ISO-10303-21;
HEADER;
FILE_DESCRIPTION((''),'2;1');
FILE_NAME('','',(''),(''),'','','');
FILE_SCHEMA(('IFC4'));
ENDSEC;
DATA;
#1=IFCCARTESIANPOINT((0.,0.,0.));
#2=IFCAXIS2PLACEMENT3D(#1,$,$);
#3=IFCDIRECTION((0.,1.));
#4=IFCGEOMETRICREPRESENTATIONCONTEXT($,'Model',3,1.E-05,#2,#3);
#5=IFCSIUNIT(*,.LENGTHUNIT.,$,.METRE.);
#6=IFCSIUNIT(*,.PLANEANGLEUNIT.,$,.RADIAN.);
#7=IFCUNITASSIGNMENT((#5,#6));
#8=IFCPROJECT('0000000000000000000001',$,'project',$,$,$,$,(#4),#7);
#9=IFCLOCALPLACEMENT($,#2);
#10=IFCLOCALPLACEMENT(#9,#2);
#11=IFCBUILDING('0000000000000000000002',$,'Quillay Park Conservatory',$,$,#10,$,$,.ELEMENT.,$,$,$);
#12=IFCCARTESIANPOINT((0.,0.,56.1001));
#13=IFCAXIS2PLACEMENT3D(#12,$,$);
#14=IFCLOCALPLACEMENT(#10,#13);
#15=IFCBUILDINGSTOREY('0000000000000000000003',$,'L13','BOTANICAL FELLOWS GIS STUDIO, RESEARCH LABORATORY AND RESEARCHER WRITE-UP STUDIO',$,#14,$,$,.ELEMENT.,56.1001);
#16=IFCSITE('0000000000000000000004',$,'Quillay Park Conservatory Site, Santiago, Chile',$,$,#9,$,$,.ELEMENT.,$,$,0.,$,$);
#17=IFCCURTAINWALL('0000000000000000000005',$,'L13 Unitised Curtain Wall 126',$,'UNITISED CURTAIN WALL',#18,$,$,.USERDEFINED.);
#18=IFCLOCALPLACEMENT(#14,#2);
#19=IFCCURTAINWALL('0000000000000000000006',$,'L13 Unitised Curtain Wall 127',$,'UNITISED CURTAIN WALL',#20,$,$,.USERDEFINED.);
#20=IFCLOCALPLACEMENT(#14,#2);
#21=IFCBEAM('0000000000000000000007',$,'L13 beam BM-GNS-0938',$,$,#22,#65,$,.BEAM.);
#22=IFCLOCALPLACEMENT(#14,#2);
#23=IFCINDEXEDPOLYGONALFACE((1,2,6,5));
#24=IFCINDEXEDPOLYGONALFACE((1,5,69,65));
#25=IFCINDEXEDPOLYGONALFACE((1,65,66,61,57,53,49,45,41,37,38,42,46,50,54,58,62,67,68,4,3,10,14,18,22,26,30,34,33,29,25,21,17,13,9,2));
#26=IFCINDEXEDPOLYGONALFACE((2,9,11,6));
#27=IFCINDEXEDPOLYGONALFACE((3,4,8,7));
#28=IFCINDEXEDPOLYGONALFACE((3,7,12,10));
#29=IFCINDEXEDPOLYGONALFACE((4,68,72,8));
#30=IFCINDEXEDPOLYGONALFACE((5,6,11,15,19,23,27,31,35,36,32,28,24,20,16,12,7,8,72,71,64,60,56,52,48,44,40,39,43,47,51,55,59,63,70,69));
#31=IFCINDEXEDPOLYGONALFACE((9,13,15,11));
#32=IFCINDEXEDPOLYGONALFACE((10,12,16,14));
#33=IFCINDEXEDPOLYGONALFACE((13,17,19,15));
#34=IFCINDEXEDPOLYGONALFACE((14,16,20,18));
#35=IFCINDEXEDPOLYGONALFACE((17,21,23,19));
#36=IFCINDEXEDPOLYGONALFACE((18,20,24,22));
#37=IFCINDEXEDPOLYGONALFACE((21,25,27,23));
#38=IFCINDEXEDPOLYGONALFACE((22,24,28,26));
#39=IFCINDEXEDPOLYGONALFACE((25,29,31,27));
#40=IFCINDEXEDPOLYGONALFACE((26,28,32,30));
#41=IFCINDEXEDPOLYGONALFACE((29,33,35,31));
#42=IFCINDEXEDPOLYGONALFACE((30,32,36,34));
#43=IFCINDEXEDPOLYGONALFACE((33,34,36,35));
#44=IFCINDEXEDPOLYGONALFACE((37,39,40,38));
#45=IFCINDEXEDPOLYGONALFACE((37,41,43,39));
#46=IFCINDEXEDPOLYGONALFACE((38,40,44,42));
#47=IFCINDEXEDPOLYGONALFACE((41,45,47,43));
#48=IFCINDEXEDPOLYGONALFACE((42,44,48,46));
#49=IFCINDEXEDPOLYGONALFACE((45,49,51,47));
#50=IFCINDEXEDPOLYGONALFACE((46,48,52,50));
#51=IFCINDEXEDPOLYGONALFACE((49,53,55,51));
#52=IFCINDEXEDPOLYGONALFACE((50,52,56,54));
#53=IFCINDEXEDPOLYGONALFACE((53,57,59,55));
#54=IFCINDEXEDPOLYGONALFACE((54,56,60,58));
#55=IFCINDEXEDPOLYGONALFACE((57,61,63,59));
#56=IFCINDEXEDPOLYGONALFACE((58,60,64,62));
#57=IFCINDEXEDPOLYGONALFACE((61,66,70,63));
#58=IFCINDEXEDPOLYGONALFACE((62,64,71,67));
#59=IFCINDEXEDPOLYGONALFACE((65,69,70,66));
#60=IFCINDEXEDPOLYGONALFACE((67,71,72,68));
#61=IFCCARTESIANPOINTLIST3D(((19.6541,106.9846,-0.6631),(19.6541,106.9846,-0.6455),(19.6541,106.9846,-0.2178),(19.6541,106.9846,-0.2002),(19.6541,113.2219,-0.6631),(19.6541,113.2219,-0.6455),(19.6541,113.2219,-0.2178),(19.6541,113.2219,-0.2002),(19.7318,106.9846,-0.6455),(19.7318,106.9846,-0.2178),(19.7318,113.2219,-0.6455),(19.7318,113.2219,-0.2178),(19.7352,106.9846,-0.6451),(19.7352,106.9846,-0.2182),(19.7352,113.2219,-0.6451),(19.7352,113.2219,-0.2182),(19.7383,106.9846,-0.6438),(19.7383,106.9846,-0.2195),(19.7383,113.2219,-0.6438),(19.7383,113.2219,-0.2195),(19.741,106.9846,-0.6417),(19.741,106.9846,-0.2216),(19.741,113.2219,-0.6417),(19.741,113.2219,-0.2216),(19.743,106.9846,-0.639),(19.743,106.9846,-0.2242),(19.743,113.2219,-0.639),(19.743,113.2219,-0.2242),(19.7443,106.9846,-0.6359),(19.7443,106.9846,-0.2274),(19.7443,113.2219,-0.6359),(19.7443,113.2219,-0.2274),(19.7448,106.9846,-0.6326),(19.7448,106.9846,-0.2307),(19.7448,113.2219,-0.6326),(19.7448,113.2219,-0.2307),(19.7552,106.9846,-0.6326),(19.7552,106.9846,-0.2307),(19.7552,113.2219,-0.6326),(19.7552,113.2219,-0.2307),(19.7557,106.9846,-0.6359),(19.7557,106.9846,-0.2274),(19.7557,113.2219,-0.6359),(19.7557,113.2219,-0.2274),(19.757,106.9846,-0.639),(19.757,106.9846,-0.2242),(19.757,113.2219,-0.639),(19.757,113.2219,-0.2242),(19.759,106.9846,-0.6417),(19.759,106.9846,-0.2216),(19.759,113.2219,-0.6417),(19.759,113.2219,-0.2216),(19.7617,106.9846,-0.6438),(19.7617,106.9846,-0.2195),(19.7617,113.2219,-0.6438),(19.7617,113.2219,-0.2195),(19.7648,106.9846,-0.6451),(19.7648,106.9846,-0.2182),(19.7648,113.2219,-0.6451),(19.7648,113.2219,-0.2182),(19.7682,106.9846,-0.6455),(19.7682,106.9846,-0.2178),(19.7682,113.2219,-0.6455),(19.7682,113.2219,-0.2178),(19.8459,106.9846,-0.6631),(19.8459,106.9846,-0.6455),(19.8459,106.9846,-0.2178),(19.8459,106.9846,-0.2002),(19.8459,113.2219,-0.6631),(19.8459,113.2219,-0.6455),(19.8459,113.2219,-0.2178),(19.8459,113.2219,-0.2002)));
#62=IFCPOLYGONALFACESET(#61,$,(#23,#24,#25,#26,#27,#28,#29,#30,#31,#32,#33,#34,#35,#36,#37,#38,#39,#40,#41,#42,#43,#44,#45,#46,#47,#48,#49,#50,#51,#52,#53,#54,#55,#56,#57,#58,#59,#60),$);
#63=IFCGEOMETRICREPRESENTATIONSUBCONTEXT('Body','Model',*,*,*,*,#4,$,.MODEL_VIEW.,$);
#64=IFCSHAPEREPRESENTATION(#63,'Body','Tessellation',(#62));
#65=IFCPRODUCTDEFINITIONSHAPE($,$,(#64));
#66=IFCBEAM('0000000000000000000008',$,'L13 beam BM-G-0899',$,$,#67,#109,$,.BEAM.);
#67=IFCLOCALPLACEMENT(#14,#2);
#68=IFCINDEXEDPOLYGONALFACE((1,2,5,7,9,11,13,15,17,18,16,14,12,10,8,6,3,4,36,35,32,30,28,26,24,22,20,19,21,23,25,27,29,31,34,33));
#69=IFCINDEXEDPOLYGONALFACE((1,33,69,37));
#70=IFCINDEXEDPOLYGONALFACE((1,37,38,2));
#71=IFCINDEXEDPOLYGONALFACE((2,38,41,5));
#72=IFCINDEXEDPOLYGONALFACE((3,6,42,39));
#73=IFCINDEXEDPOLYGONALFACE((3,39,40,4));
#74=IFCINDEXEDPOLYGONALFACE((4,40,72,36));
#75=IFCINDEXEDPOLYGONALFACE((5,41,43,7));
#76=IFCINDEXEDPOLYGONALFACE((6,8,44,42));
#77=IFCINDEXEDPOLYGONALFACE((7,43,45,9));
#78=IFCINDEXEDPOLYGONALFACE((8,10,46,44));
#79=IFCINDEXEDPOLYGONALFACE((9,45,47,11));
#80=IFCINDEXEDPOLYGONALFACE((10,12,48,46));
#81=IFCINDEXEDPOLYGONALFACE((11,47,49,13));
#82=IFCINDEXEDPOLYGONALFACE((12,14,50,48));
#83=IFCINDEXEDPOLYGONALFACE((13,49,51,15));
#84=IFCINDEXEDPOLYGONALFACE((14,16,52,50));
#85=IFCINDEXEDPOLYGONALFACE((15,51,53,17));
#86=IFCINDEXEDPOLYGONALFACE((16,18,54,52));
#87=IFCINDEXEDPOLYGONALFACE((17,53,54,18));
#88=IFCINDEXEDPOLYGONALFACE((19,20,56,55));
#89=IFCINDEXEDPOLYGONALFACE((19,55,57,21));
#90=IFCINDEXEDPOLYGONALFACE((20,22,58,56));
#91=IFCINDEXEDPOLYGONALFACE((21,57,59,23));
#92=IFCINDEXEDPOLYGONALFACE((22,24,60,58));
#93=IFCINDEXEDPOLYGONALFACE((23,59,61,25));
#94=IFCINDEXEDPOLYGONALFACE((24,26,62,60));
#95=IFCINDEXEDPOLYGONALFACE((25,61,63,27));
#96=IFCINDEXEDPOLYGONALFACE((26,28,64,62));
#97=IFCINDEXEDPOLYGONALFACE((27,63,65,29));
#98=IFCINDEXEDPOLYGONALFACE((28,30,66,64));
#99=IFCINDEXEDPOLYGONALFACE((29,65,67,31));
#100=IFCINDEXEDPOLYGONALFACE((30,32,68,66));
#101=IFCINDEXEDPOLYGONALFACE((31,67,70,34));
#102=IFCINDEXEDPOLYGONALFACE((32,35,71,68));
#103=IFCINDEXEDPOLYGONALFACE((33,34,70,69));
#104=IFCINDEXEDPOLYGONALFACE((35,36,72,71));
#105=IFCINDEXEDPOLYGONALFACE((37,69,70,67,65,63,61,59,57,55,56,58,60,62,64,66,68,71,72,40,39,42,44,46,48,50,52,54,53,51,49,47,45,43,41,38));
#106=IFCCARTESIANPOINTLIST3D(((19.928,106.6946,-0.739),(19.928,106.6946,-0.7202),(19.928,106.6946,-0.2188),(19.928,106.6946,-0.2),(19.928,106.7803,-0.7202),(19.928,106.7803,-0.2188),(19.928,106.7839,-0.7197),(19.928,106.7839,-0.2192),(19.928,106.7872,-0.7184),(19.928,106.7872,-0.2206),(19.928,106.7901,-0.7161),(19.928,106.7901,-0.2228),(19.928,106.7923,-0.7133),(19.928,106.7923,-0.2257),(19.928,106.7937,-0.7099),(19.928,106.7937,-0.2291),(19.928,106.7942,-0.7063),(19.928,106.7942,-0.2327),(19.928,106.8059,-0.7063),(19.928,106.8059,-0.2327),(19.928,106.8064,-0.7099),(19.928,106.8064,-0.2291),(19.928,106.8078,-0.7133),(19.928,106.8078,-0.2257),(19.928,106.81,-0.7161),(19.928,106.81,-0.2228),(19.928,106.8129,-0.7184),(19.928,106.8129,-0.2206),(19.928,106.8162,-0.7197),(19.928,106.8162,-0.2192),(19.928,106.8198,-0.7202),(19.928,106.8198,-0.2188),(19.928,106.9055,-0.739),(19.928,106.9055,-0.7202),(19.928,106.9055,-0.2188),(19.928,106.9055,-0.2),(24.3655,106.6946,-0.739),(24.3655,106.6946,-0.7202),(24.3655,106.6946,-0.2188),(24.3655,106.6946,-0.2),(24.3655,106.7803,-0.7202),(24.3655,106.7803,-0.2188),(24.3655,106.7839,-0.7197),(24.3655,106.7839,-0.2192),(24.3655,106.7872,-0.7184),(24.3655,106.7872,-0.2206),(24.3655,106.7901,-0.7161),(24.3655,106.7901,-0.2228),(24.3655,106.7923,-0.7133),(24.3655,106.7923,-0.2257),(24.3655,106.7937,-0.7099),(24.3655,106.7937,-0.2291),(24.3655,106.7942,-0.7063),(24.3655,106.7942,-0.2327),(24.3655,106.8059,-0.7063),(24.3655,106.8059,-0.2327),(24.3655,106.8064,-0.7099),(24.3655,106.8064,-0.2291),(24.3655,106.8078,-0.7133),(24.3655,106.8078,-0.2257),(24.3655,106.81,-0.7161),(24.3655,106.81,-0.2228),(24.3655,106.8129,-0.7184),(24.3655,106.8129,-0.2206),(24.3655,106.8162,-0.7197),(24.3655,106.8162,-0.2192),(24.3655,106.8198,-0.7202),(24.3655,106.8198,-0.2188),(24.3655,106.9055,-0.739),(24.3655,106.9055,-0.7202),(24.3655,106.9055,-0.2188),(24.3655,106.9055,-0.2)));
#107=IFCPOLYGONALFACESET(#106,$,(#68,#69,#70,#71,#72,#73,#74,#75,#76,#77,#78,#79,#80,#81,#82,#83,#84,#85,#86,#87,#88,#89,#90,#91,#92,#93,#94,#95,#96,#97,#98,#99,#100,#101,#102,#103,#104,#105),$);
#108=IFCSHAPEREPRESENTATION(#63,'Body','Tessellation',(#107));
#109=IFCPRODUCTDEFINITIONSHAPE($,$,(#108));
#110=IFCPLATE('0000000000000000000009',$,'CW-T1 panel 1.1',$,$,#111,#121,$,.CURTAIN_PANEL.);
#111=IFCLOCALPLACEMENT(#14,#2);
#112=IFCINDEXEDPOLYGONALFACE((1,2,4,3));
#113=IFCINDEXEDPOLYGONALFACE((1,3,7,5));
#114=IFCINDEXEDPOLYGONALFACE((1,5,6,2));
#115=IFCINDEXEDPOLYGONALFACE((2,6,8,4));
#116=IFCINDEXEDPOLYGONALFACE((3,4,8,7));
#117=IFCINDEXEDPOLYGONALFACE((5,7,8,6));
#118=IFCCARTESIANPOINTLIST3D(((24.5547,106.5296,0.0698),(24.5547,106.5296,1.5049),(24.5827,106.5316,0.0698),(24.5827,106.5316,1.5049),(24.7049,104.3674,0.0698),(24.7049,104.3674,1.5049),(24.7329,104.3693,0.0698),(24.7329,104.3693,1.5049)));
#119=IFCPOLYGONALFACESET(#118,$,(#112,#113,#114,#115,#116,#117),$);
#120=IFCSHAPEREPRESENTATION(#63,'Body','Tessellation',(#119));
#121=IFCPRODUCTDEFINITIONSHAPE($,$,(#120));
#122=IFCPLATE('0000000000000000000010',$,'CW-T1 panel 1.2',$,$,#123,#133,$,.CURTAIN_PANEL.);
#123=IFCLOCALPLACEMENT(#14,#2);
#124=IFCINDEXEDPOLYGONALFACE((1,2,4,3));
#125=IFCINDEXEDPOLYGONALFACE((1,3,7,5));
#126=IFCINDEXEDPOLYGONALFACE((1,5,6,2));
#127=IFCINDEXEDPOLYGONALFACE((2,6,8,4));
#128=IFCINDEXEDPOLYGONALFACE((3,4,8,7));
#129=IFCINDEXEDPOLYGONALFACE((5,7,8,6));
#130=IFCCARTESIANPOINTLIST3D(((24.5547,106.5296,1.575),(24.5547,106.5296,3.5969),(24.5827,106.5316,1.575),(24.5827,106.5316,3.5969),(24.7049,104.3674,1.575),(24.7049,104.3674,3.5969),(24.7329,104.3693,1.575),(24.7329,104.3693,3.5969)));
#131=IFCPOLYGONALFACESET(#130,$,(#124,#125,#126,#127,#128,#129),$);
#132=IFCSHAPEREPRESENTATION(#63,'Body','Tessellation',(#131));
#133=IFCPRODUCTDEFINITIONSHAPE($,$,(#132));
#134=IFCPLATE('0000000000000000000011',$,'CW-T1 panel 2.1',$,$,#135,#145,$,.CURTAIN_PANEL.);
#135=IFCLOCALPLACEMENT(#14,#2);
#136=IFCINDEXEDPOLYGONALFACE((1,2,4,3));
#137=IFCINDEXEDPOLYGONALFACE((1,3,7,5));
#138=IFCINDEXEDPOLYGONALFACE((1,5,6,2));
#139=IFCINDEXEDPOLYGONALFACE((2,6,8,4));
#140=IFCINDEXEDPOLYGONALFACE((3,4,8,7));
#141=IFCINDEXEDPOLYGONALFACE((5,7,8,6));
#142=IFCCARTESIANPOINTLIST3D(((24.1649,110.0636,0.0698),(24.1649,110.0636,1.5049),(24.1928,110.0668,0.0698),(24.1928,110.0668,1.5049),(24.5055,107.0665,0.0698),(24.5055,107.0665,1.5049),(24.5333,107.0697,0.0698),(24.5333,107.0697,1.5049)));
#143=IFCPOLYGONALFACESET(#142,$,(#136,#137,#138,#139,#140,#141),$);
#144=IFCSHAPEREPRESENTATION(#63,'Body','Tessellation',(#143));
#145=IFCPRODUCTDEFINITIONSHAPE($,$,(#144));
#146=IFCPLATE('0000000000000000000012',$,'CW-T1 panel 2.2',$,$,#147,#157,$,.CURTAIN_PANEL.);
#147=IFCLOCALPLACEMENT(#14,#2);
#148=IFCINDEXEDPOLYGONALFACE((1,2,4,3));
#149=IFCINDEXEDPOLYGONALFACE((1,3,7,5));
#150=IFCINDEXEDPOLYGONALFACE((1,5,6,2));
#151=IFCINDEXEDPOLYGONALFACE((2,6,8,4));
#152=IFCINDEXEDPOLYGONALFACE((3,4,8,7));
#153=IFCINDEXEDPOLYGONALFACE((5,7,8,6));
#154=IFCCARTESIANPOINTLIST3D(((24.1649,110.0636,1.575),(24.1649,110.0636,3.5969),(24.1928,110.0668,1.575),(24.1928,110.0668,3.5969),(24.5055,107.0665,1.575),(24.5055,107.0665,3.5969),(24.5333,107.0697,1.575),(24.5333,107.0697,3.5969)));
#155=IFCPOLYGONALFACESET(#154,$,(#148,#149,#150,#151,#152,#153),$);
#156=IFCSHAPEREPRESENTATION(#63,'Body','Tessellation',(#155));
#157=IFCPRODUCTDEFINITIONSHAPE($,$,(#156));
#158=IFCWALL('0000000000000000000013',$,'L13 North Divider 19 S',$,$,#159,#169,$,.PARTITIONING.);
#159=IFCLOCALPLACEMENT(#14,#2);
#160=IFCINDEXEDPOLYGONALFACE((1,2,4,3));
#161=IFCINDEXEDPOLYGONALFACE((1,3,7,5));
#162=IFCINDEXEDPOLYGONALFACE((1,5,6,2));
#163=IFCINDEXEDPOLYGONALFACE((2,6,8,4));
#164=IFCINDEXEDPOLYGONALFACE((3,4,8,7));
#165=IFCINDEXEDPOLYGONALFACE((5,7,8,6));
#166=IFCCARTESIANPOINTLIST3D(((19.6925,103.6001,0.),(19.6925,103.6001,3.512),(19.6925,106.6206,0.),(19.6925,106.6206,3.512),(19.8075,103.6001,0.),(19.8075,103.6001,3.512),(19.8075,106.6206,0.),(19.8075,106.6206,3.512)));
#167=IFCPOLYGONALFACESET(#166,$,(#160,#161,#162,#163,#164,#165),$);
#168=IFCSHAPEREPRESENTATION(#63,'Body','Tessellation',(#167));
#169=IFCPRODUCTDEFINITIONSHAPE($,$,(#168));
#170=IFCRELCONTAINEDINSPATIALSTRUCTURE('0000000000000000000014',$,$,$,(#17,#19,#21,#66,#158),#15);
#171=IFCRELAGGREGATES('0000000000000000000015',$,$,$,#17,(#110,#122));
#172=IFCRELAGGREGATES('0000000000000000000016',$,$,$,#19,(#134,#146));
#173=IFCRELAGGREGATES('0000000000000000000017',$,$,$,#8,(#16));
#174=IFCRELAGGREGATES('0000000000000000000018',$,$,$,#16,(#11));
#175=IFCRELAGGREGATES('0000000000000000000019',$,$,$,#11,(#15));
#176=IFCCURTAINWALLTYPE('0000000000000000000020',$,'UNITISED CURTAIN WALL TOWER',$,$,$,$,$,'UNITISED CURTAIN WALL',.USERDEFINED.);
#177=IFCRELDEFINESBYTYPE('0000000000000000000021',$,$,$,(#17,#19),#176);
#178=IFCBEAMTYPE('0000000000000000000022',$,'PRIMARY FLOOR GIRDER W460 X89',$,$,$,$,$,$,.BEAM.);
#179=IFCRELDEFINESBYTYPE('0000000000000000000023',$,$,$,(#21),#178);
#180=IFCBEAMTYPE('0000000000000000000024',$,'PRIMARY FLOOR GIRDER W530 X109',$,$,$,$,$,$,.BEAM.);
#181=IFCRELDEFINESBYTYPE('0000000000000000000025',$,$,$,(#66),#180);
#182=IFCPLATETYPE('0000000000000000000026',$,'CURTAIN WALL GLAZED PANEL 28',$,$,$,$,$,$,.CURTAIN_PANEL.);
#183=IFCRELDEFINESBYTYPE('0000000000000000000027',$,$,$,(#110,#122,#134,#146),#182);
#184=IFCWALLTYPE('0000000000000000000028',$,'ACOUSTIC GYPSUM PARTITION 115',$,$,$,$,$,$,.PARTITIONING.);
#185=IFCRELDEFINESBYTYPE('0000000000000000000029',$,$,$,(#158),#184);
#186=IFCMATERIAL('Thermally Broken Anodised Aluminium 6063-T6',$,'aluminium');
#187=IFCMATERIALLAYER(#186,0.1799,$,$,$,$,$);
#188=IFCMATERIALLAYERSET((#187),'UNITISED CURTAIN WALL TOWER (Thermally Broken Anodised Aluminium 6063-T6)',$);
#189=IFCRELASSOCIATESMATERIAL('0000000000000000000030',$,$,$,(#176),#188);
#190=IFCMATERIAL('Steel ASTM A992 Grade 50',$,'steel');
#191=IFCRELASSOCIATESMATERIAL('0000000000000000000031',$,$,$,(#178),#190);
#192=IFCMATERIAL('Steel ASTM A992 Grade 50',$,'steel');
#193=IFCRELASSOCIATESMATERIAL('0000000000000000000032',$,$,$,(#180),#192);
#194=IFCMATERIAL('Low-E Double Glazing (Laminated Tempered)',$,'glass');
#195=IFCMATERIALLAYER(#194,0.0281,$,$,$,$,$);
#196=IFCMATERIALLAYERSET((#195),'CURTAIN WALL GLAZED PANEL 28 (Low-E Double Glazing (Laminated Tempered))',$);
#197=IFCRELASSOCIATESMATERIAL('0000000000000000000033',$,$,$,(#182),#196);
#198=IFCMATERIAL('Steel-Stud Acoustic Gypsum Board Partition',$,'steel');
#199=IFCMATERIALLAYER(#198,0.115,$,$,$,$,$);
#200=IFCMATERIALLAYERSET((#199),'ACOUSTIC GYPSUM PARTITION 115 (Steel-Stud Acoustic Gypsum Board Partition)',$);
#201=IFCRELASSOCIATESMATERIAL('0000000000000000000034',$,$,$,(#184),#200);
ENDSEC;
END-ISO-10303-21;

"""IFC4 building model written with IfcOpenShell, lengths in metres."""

from ifc_helpers import new_model, si_unit, direction, frame, frame_2d, origin, origin_2d, place, context, subcontext, project, spatial, rectangle, i_section, extrude, material, layer, layer_set, material_profile, profile_set, type_object, element, aggregate, save


model = new_model("IFC4")

# Units and contexts
model_context = context("Model", 3, precision=1e-05, world=origin(), true_north=direction((0.0, 1.0)))
body_context = subcontext(model_context, "Body", "Model", "MODEL_VIEW")
ifc_project = project(units=[si_unit("LENGTHUNIT", "METRE"), si_unit("PLANEANGLEUNIT", "RADIAN")], contexts=[model_context])

# Site, building, storey
site_placement = place(None, origin())
site = spatial("IfcSite", under=ifc_project, at=site_placement, Name="Quillay Park Conservatory Site, Santiago, Chile", CompositionType="ELEMENT", RefElevation=0.0)
building_placement = place(site_placement, origin())
building = spatial("IfcBuilding", under=site, at=building_placement, Name="Quillay Park Conservatory", CompositionType="ELEMENT")
storey_placement = place(building_placement, frame((0.0, 0.0, 56.1001)))
storey = spatial("IfcBuildingStorey", under=building, at=storey_placement, Name="L13", Description="BOTANICAL FELLOWS GIS STUDIO, RESEARCH LABORATORY AND RESEARCHER WRITE-UP STUDIO", CompositionType="ELEMENT", Elevation=56.1001)

# Curtain wall
ifc_material_1 = material(Name="Thermally Broken Anodised Aluminium 6063-T6", Category="aluminium")
ifc_layer_1 = layer(ifc_material_1, 0.1799)
ifc_layer_set_1 = layer_set([ifc_layer_1], Name="UNITISED CURTAIN WALL TOWER (Thermally Broken Anodised Aluminium 6063-T6)")
curtain_wall_type = type_object("IfcCurtainWallType", Name="UNITISED CURTAIN WALL TOWER", ElementType="UNITISED CURTAIN WALL", PredefinedType="USERDEFINED", material=ifc_layer_set_1)
curtain_wall_1_placement = place(storey_placement, origin())
curtain_wall_1 = element("IfcCurtainWall", 1, at=curtain_wall_1_placement, inside=storey, type_object=curtain_wall_type, Name="L13 Unitised Curtain Wall 126", ObjectType="UNITISED CURTAIN WALL", PredefinedType="USERDEFINED")

# Curtain wall
curtain_wall_2_placement = place(storey_placement, origin())
curtain_wall_2 = element("IfcCurtainWall", 2, at=curtain_wall_2_placement, inside=storey, type_object=curtain_wall_type, Name="L13 Unitised Curtain Wall 127", ObjectType="UNITISED CURTAIN WALL", PredefinedType="USERDEFINED")

# Beams
ifc_material_2 = material(Name="Steel ASTM A992 Grade 50", Category="steel")
ifc_material_profile_1 = material_profile(ifc_material_2, i_section(OverallWidth=0.1919, OverallDepth=0.4629, WebThickness=0.0105, FlangeThickness=0.0176, FilletRadius=0.0129, at=origin_2d()), Name="W460x89")
ifc_profile_set_1 = profile_set([ifc_material_profile_1], Name="Steel ASTM A992 Grade 50")
beam_type_1 = type_object("IfcBeamType", Name="PRIMARY FLOOR GIRDER W460 X89", PredefinedType="BEAM", material=ifc_profile_set_1)
beam_1_placement = place(storey_placement, frame((19.75, 106.9846, -0.4316), z_axis=(0.0, 1.0, 0.0), x_axis=(-1.0, 0.0, 0.0)))
element("IfcBeam", 3, at=beam_1_placement, inside=storey, type_object=beam_type_1, Name="L13 beam BM-GNS-0938", PredefinedType="BEAM", context=body_context, shape_type="SweptSolid", body=[
    extrude(i_section(OverallWidth=0.1919, OverallDepth=0.4629, WebThickness=0.0105, FlangeThickness=0.0176, FilletRadius=0.0129, at=origin_2d()), origin(), (0.0, 0.0, 1.0), 6.2373),
])
ifc_material_3 = material(Name="Steel ASTM A992 Grade 50", Category="steel")
ifc_material_profile_2 = material_profile(ifc_material_3, i_section(OverallWidth=0.2109, OverallDepth=0.5391, WebThickness=0.0117, FlangeThickness=0.0188, FilletRadius=0.0139, at=origin_2d()), Name="W530x109")
ifc_profile_set_2 = profile_set([ifc_material_profile_2], Name="Steel ASTM A992 Grade 50")
beam_type_2 = type_object("IfcBeamType", Name="PRIMARY FLOOR GIRDER W530 X109", PredefinedType="BEAM", material=ifc_profile_set_2)
beam_2_placement = place(storey_placement, frame((19.928, 106.8, -0.4695), z_axis=(1.0, 0.0, 0.0), x_axis=(0.0, 1.0, 0.0)))
element("IfcBeam", 4, at=beam_2_placement, inside=storey, type_object=beam_type_2, Name="L13 beam BM-G-0899", PredefinedType="BEAM", context=body_context, shape_type="SweptSolid", body=[
    extrude(i_section(OverallWidth=0.2109, OverallDepth=0.5391, WebThickness=0.0117, FlangeThickness=0.0188, FilletRadius=0.0139, at=origin_2d()), origin(), (0.0, 0.0, 1.0), 4.4375),
])

# Plates
ifc_material_4 = material(Name="Low-E Double Glazing (Laminated Tempered)", Category="glass")
ifc_layer_2 = layer(ifc_material_4, 0.0281)
ifc_layer_set_2 = layer_set([ifc_layer_2], Name="CURTAIN WALL GLAZED PANEL 28 (Low-E Double Glazing (Laminated Tempered))")
plate_type = type_object("IfcPlateType", Name="CURTAIN WALL GLAZED PANEL 28", PredefinedType="CURTAIN_PANEL", material=ifc_layer_set_2)
plate_1_placement = place(storey_placement, frame((24.6438, 105.4495, 0.0698), z_axis=(0.0, 0.0, 1.0), x_axis=(0.069264, -0.997598, 0.0)))
plate_1 = element("IfcPlate", 5, at=plate_1_placement, type_object=plate_type, Name="CW-T1 panel 1.1", PredefinedType="CURTAIN_PANEL", context=body_context, shape_type="SweptSolid", body=[
    extrude(rectangle(XDim=2.1675, YDim=0.0281, at=origin_2d()), origin(), (0.0, 0.0, 1.0), 1.4351),
])
plate_2_placement = place(storey_placement, frame((24.6438, 105.4495, 1.575), z_axis=(0.0, 0.0, 1.0), x_axis=(0.069264, -0.997598, 0.0)))
plate_2 = element("IfcPlate", 6, at=plate_2_placement, type_object=plate_type, Name="CW-T1 panel 1.2", PredefinedType="CURTAIN_PANEL", context=body_context, shape_type="SweptSolid", body=[
    extrude(rectangle(XDim=2.1675, YDim=0.0281, at=origin_2d()), origin(), (0.0, 0.0, 1.0), 2.022),
])
aggregate(curtain_wall_1, [plate_1, plate_2])
plate_3_placement = place(storey_placement, frame((24.3491, 108.5667, 0.0698), z_axis=(0.0, 0.0, 1.0), x_axis=(0.112903, -0.993606, 0.0)))
plate_3 = element("IfcPlate", 7, at=plate_3_placement, type_object=plate_type, Name="CW-T1 panel 2.1", PredefinedType="CURTAIN_PANEL", context=body_context, shape_type="SweptSolid", body=[
    extrude(rectangle(XDim=3.0164, YDim=0.0281, at=origin_2d()), origin(), (0.0, 0.0, 1.0), 1.4351),
])
plate_4_placement = place(storey_placement, frame((24.3491, 108.5667, 1.575), z_axis=(0.0, 0.0, 1.0), x_axis=(0.112903, -0.993606, 0.0)))
plate_4 = element("IfcPlate", 8, at=plate_4_placement, type_object=plate_type, Name="CW-T1 panel 2.2", PredefinedType="CURTAIN_PANEL", context=body_context, shape_type="SweptSolid", body=[
    extrude(rectangle(XDim=3.0164, YDim=0.0281, at=origin_2d()), origin(), (0.0, 0.0, 1.0), 2.022),
])
aggregate(curtain_wall_2, [plate_3, plate_4])

# Wall
ifc_material_5 = material(Name="Steel-Stud Acoustic Gypsum Board Partition", Category="steel")
ifc_layer_3 = layer(ifc_material_5, 0.115)
ifc_layer_set_3 = layer_set([ifc_layer_3], Name="ACOUSTIC GYPSUM PARTITION 115 (Steel-Stud Acoustic Gypsum Board Partition)")
wall_type = type_object("IfcWallType", Name="ACOUSTIC GYPSUM PARTITION 115", PredefinedType="PARTITIONING", material=ifc_layer_set_3)
wall_placement = place(storey_placement, frame((19.75, 106.6206, 0.0), z_axis=(0.0, 0.0, 1.0), x_axis=(0.0, -1.0, 0.0)))
element("IfcWall", 9, at=wall_placement, inside=storey, type_object=wall_type, Name="L13 North Divider 19 S", PredefinedType="PARTITIONING", context=body_context, shape_type="SweptSolid", body=[
    extrude(rectangle(XDim=3.0205, YDim=0.115, at=frame_2d((1.5103, 0.0))), origin(), (0.0, 0.0, 1.0), 3.512),
])

save(model, "model.ifc")
